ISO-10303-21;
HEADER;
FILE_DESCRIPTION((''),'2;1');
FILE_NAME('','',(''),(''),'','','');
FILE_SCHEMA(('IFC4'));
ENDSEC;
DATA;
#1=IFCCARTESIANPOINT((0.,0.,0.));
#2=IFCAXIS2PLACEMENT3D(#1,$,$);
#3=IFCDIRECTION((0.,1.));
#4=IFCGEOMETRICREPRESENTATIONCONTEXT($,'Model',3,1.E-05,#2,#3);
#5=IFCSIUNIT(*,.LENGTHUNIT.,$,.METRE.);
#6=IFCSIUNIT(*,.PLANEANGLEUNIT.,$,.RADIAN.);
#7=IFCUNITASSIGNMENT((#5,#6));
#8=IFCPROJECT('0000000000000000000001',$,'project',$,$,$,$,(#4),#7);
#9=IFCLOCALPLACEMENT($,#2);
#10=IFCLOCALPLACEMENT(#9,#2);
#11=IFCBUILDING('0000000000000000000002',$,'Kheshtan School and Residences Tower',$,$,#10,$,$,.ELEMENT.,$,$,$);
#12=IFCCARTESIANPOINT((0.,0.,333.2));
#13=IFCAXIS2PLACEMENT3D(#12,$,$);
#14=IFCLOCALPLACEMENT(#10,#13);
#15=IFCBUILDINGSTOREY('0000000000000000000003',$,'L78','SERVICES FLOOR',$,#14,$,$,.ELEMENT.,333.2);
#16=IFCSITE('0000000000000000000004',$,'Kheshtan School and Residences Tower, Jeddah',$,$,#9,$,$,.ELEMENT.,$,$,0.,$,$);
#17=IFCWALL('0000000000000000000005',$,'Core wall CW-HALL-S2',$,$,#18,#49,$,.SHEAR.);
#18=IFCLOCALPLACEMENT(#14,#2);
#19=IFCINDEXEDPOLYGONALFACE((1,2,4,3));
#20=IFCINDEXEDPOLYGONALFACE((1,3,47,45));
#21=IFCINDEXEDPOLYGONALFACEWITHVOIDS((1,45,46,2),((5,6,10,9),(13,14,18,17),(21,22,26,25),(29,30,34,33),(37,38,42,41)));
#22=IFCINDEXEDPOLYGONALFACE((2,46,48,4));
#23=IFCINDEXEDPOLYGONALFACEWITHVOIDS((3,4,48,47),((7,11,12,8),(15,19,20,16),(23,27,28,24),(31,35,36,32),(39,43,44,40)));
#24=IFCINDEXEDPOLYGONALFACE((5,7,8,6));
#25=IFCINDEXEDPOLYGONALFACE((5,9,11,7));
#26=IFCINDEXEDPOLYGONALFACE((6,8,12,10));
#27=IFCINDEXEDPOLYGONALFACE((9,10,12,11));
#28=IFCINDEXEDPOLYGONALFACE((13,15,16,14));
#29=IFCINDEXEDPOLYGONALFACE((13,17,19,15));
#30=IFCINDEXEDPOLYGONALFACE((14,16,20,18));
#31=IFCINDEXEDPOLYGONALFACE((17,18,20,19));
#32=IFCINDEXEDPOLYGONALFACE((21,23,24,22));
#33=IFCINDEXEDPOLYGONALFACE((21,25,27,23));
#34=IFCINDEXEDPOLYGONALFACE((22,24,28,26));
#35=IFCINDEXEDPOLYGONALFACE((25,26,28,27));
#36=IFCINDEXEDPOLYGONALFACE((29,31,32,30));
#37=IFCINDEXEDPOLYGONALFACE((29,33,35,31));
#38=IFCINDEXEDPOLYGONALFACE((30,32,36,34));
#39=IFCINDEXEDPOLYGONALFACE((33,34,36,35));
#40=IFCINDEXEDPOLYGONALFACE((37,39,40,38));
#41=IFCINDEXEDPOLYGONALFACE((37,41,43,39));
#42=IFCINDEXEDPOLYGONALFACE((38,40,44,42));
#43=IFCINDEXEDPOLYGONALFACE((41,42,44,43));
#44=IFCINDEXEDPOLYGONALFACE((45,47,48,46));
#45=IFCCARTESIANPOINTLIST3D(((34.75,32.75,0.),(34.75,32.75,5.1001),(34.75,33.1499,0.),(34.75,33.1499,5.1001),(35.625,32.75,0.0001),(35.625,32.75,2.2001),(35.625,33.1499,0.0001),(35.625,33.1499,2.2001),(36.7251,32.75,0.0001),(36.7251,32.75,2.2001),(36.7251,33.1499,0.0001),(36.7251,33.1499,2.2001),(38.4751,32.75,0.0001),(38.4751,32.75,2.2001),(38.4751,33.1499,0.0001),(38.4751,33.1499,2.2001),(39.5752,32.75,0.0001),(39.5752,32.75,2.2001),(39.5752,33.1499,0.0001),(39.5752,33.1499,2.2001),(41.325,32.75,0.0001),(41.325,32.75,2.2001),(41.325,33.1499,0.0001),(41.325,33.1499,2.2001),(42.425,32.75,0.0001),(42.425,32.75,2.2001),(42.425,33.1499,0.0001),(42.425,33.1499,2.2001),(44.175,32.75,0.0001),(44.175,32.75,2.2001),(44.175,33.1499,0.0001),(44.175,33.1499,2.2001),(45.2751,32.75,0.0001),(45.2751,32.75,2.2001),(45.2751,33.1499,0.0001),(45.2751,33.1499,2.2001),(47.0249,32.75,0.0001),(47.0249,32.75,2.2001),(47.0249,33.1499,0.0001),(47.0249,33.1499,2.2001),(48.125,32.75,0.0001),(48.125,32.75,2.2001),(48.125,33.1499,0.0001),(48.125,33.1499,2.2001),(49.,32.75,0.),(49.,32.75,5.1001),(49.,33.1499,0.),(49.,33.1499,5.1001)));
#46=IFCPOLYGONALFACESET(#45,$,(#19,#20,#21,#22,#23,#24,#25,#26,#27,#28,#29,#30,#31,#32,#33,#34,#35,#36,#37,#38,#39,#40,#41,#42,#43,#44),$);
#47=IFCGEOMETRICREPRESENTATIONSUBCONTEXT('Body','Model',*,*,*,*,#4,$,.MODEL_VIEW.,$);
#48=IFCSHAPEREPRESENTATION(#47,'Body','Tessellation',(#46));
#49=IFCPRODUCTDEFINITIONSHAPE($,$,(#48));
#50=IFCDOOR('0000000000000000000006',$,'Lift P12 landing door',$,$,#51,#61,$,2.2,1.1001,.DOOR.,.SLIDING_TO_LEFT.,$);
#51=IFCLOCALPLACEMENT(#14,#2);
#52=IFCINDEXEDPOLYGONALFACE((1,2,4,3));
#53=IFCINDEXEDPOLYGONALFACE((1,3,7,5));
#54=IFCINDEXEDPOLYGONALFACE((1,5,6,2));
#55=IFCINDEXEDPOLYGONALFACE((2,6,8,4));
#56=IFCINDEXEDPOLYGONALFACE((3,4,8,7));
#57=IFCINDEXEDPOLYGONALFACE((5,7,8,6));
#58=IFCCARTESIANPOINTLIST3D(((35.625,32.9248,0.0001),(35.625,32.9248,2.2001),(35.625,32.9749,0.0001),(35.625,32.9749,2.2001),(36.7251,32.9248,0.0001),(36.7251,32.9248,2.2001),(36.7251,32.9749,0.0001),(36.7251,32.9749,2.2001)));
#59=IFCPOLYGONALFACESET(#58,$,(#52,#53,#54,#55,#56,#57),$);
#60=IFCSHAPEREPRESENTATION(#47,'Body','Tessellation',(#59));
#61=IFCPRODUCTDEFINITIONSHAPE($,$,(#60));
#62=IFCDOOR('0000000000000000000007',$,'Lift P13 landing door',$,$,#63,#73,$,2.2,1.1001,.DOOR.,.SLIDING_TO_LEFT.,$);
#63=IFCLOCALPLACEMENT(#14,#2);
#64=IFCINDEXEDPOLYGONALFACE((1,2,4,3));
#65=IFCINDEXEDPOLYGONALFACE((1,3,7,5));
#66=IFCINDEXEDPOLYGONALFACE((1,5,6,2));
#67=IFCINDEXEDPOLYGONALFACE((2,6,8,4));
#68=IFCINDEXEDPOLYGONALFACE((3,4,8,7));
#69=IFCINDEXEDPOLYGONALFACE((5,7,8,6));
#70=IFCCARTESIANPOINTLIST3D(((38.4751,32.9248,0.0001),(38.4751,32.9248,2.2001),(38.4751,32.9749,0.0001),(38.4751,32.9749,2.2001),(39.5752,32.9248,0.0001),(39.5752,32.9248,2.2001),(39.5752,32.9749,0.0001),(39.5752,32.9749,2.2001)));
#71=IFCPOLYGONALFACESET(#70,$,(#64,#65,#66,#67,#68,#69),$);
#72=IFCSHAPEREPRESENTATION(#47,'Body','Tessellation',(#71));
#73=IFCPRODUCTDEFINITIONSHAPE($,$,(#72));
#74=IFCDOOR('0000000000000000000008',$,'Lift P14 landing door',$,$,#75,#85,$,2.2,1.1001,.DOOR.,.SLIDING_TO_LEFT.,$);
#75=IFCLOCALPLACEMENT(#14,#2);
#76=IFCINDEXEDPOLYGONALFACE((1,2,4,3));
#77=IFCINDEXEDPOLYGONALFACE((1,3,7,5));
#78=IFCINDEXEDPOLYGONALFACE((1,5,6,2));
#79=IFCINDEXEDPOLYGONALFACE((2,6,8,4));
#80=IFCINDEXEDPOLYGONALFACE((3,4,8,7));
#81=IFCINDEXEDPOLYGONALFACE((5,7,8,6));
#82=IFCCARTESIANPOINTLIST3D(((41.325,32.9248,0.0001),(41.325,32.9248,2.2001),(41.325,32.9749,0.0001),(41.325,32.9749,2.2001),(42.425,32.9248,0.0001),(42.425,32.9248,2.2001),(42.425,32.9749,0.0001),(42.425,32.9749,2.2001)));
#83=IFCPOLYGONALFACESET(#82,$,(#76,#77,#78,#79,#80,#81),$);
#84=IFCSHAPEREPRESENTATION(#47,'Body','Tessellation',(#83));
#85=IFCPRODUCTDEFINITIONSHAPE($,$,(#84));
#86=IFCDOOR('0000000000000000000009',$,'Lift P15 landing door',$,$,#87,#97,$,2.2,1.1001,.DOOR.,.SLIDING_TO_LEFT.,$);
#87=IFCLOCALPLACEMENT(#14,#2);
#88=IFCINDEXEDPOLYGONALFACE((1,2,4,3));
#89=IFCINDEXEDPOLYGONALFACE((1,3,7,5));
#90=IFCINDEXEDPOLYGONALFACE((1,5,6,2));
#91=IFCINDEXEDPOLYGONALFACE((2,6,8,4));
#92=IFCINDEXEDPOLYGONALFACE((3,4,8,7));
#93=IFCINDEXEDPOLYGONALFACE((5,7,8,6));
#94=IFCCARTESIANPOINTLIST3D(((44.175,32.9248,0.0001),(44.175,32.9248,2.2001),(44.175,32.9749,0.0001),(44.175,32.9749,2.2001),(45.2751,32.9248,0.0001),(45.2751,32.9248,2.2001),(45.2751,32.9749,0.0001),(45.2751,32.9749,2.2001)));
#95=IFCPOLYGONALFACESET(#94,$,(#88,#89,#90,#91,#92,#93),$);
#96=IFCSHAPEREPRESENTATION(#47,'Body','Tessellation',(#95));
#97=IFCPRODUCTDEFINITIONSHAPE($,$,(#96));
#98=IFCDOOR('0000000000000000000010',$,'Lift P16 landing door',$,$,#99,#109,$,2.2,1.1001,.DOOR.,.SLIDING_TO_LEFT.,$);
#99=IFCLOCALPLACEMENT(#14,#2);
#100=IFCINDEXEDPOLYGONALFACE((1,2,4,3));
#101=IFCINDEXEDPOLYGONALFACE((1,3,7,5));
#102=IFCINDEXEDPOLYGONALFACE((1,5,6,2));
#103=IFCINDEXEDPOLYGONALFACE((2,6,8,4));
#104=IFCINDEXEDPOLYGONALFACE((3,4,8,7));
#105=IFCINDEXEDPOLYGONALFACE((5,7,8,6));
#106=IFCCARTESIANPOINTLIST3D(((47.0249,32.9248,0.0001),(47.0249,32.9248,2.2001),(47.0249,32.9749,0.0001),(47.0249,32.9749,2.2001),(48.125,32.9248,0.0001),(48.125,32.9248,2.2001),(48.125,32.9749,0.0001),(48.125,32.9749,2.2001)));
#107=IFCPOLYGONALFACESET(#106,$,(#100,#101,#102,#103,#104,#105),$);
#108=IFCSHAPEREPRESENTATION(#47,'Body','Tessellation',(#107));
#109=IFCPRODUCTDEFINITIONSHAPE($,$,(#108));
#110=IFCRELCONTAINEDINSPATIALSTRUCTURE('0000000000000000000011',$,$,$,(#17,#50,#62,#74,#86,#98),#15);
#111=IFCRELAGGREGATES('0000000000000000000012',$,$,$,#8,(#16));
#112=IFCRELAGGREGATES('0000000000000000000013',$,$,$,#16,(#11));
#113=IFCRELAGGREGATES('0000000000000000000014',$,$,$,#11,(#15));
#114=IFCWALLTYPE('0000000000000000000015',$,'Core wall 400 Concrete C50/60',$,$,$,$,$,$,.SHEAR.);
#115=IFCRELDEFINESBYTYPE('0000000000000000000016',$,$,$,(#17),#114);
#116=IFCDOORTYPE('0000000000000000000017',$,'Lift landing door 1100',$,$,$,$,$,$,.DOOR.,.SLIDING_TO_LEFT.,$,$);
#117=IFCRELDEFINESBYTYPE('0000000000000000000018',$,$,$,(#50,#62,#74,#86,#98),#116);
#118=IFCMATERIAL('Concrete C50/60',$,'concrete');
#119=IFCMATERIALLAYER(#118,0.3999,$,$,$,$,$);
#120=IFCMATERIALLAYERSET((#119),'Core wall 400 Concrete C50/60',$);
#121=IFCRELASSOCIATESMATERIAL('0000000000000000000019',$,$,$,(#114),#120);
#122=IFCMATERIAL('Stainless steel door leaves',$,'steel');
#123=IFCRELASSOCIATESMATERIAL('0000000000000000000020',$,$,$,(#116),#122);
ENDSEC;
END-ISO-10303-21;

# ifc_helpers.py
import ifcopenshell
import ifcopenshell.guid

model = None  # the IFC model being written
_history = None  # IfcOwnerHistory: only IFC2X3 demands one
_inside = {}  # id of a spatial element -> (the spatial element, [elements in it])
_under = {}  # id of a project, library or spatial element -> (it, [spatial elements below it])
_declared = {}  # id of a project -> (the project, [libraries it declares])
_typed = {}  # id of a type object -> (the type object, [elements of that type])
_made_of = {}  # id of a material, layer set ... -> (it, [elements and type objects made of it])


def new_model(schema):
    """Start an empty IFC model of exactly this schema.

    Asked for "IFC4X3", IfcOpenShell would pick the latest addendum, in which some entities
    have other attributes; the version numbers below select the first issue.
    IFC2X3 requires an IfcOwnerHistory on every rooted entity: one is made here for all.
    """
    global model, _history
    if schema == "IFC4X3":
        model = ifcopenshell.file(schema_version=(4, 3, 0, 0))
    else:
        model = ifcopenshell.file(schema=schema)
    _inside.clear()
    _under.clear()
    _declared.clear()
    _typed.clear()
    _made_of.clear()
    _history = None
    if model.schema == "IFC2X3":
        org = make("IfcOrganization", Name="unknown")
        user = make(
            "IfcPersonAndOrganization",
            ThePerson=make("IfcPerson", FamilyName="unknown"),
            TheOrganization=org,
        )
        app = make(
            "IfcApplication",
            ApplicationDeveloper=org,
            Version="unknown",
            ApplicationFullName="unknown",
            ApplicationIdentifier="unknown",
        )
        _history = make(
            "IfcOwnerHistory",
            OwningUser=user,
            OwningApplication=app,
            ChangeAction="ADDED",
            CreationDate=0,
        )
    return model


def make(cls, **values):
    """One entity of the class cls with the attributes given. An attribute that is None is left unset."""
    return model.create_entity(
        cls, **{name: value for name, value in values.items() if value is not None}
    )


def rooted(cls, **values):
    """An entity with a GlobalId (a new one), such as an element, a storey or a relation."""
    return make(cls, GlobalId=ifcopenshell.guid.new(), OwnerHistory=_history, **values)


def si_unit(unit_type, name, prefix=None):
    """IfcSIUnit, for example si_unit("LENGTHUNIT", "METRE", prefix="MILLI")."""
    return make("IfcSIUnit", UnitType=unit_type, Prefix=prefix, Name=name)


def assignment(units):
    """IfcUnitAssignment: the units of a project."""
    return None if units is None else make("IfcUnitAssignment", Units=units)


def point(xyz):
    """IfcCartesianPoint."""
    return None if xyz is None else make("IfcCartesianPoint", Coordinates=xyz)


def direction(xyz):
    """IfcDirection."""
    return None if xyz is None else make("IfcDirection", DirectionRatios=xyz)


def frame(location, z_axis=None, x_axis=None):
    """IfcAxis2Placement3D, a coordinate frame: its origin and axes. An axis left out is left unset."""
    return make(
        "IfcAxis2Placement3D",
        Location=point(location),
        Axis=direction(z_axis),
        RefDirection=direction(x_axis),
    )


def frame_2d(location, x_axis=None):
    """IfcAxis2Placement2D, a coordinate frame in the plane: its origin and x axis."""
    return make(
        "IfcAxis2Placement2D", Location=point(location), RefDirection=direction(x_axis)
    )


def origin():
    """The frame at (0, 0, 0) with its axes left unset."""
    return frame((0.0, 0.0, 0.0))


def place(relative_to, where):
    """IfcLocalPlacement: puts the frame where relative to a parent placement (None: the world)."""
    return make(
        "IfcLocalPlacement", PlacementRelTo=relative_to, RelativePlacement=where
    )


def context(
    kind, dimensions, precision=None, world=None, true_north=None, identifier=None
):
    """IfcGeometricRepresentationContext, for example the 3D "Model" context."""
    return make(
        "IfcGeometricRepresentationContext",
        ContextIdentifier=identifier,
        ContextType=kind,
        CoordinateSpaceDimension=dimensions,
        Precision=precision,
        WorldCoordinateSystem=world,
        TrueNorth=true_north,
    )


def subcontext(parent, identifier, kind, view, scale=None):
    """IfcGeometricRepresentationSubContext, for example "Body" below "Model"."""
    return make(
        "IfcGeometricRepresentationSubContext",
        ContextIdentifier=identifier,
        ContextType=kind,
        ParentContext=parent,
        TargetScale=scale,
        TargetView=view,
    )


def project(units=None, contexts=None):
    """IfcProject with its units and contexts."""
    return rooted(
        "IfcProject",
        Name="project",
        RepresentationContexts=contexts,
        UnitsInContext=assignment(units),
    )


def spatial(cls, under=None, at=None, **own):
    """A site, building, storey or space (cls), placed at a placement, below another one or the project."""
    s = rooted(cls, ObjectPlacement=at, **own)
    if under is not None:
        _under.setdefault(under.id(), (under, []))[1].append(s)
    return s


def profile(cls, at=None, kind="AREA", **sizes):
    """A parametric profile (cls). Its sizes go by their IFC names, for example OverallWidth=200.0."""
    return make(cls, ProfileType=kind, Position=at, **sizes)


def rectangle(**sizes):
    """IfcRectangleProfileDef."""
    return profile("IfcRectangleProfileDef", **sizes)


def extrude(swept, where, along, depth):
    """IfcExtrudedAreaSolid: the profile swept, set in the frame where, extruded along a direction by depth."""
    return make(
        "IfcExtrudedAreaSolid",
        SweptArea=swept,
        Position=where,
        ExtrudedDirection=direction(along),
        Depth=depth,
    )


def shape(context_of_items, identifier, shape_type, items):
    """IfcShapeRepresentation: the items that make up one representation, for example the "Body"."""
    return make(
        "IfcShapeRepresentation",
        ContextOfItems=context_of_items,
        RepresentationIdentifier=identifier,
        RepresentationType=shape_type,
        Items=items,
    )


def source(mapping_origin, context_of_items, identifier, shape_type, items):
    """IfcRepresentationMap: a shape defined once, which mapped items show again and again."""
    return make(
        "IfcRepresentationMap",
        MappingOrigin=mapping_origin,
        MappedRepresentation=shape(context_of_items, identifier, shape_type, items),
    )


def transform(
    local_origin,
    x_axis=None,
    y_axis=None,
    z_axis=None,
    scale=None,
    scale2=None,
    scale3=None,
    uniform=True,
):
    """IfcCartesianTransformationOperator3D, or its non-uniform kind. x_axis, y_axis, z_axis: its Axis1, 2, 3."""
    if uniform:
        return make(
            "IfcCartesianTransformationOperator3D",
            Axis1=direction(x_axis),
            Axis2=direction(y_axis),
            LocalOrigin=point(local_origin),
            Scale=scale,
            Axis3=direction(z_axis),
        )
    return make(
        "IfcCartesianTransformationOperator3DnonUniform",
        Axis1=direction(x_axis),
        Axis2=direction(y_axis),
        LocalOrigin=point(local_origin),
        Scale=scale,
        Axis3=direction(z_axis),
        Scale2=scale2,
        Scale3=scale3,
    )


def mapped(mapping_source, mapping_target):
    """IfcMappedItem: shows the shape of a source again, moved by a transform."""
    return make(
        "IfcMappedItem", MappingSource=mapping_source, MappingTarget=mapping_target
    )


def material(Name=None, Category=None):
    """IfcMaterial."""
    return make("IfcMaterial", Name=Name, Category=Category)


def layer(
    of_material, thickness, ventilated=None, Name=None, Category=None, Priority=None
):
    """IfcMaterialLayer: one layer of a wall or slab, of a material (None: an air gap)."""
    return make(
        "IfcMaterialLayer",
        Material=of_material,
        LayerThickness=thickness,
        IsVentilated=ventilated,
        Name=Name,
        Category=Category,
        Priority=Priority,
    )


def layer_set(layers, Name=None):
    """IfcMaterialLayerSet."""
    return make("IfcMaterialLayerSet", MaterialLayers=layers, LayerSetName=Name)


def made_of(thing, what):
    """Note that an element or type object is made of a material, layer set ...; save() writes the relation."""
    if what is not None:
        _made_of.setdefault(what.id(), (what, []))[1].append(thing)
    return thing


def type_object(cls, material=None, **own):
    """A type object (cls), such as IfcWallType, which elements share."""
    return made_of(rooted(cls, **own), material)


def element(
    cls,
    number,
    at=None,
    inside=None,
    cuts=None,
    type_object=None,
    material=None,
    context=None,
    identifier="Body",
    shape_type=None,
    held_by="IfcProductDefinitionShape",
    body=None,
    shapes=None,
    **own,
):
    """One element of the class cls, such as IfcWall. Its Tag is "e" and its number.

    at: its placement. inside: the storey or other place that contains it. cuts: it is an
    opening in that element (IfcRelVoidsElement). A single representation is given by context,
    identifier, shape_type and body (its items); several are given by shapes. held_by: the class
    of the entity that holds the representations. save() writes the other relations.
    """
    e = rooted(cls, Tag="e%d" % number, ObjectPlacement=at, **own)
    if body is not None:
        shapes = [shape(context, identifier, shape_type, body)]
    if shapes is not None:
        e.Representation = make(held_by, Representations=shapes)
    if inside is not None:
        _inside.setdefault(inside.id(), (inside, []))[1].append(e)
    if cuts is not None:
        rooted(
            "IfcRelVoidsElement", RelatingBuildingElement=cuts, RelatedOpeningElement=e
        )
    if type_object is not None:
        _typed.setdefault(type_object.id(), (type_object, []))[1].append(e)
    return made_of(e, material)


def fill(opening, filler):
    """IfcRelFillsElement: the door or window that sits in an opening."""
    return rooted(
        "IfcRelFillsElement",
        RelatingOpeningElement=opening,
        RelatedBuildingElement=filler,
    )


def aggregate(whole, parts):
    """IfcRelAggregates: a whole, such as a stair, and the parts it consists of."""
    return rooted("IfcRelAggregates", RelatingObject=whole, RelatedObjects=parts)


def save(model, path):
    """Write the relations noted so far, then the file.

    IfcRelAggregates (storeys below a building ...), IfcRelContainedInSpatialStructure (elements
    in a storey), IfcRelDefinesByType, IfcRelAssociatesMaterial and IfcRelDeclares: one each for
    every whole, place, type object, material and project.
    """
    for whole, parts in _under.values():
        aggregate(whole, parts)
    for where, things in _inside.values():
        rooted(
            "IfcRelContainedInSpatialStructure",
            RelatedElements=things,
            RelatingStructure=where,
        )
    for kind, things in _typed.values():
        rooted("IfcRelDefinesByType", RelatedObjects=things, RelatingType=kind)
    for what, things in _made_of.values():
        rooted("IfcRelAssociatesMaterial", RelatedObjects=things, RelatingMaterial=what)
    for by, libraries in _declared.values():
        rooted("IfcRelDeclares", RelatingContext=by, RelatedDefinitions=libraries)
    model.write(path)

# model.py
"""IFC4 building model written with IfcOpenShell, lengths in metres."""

from ifc_helpers import new_model, si_unit, direction, frame, frame_2d, origin, place, context, subcontext, project, spatial, rectangle, extrude, source, transform, mapped, material, layer, layer_set, type_object, element, fill, save


model = new_model("IFC4")

# Units and contexts
model_context = context("Model", 3, precision=1e-05, world=origin(), true_north=direction((0.0, 1.0)))
body_context = subcontext(model_context, "Body", "Model", "MODEL_VIEW")
ifc_project = project(units=[si_unit("LENGTHUNIT", "METRE"), si_unit("PLANEANGLEUNIT", "RADIAN")], contexts=[model_context])

# Site, building, storey
site_placement = place(None, origin())
site = spatial("IfcSite", under=ifc_project, at=site_placement, Name="Kheshtan School and Residences Tower, Jeddah", CompositionType="ELEMENT", RefElevation=0.0)
building_placement = place(site_placement, origin())
building = spatial("IfcBuilding", under=site, at=building_placement, Name="Kheshtan School and Residences Tower", CompositionType="ELEMENT")
storey_placement = place(building_placement, frame((0.0, 0.0, 333.2)))
storey = spatial("IfcBuildingStorey", under=building, at=storey_placement, Name="L78", Description="SERVICES FLOOR", CompositionType="ELEMENT", Elevation=333.2)

# Wall, openings, doors
ifc_material_1 = material(Name="Concrete C50/60", Category="concrete")
ifc_layer_1 = layer(ifc_material_1, 0.3999)
ifc_layer_set_1 = layer_set([ifc_layer_1], Name="Core wall 400 Concrete C50/60")
wall_type_1 = type_object("IfcWallType", Name="Core wall 400 Concrete C50/60", PredefinedType="SHEAR", material=ifc_layer_set_1)
wall_1_placement = place(storey_placement, frame((34.75, 32.95, 0.0), z_axis=(0.0, 0.0, 1.0), x_axis=(1.0, 0.0, 0.0)))
wall_1 = element("IfcWall", 1, at=wall_1_placement, inside=storey, type_object=wall_type_1, Name="Core wall CW-HALL-S2", PredefinedType="SHEAR", context=body_context, shape_type="SweptSolid", body=[
    extrude(rectangle(XDim=14.25, YDim=0.3999, at=frame_2d((7.125, 0.0))), origin(), (0.0, 0.0, 1.0), 5.1001),
])
opening_1_placement = place(wall_1_placement, frame((0.875, 0.0, 0.0)))
opening_1 = element("IfcOpeningElement", 2, at=opening_1_placement, cuts=wall_1, PredefinedType="OPENING", context=body_context, shape_type="SweptSolid", body=[
    extrude(rectangle(XDim=1.1001, YDim=2.2, at=frame_2d((0.55, 1.1001))), frame((0.0, 0.21, 0.0), z_axis=(0.0, -1.0, 0.0), x_axis=(1.0, 0.0, 0.0)), (0.0, 0.0, 1.0), 0.4199),
])
opening_2_placement = place(wall_1_placement, frame((3.7251, 0.0, 0.0)))
opening_2 = element("IfcOpeningElement", 3, at=opening_2_placement, cuts=wall_1, PredefinedType="OPENING", context=body_context, shape_type="SweptSolid", body=[
    extrude(rectangle(XDim=1.1001, YDim=2.2, at=frame_2d((0.55, 1.1001))), frame((0.0, 0.21, 0.0), z_axis=(0.0, -1.0, 0.0), x_axis=(1.0, 0.0, 0.0)), (0.0, 0.0, 1.0), 0.4199),
])
opening_3_placement = place(wall_1_placement, frame((6.575, 0.0, 0.0)))
opening_3 = element("IfcOpeningElement", 4, at=opening_3_placement, cuts=wall_1, PredefinedType="OPENING", context=body_context, shape_type="SweptSolid", body=[
    extrude(rectangle(XDim=1.1001, YDim=2.2, at=frame_2d((0.55, 1.1001))), frame((0.0, 0.21, 0.0), z_axis=(0.0, -1.0, 0.0), x_axis=(1.0, 0.0, 0.0)), (0.0, 0.0, 1.0), 0.4199),
])
opening_4_placement = place(wall_1_placement, frame((9.425, 0.0, 0.0)))
opening_4 = element("IfcOpeningElement", 5, at=opening_4_placement, cuts=wall_1, PredefinedType="OPENING", context=body_context, shape_type="SweptSolid", body=[
    extrude(rectangle(XDim=1.1001, YDim=2.2, at=frame_2d((0.55, 1.1001))), frame((0.0, 0.21, 0.0), z_axis=(0.0, -1.0, 0.0), x_axis=(1.0, 0.0, 0.0)), (0.0, 0.0, 1.0), 0.4199),
])
opening_5_placement = place(wall_1_placement, frame((12.2749, 0.0, 0.0)))
opening_5 = element("IfcOpeningElement", 6, at=opening_5_placement, cuts=wall_1, PredefinedType="OPENING", context=body_context, shape_type="SweptSolid", body=[
    extrude(rectangle(XDim=1.1001, YDim=2.2, at=frame_2d((0.55, 1.1001))), frame((0.0, 0.21, 0.0), z_axis=(0.0, -1.0, 0.0), x_axis=(1.0, 0.0, 0.0)), (0.0, 0.0, 1.0), 0.4199),
])
ifc_material_2 = material(Name="Stainless steel door leaves", Category="steel")
door_type_1 = type_object("IfcDoorType", Name="Lift landing door 1100", OperationType="SLIDING_TO_LEFT", PredefinedType="DOOR", material=ifc_material_2)
shared_shape_1 = source(origin(), body_context, "Body", "SweptSolid", [
    extrude(rectangle(XDim=1.1001, YDim=2.2, at=frame_2d((0.55, 1.1001))), frame((0.0, 0.0249, 0.0), z_axis=(0.0, -1.0, 0.0), x_axis=(1.0, 0.0, 0.0)), (0.0, 0.0, 1.0), 0.05),
])
door_1_placement = place(opening_1_placement, origin())
door_1 = element("IfcDoor", 7, at=door_1_placement, inside=storey, type_object=door_type_1, Name="Lift P12 landing door", OperationType="SLIDING_TO_LEFT", OverallHeight=2.2, OverallWidth=1.1001, PredefinedType="DOOR", context=body_context, shape_type="MappedRepresentation", body=[
    mapped(shared_shape_1, transform((0.0, 0.0, 0.0), x_axis=(1.0, 0.0, 0.0), y_axis=(0.0, 1.0, 0.0), z_axis=(0.0, 0.0, 1.0), scale=1.0)),
])
fill(opening_1, door_1)
door_2_placement = place(opening_2_placement, origin())
door_2 = element("IfcDoor", 8, at=door_2_placement, inside=storey, type_object=door_type_1, Name="Lift P13 landing door", OperationType="SLIDING_TO_LEFT", OverallHeight=2.2, OverallWidth=1.1001, PredefinedType="DOOR", context=body_context, shape_type="MappedRepresentation", body=[
    mapped(shared_shape_1, transform((0.0, 0.0, 0.0), x_axis=(1.0, 0.0, 0.0), y_axis=(0.0, 1.0, 0.0), z_axis=(0.0, 0.0, 1.0), scale=1.0)),
])
fill(opening_2, door_2)
door_3_placement = place(opening_3_placement, origin())
door_3 = element("IfcDoor", 9, at=door_3_placement, inside=storey, type_object=door_type_1, Name="Lift P14 landing door", OperationType="SLIDING_TO_LEFT", OverallHeight=2.2, OverallWidth=1.1001, PredefinedType="DOOR", context=body_context, shape_type="MappedRepresentation", body=[
    mapped(shared_shape_1, transform((0.0, 0.0, 0.0), x_axis=(1.0, 0.0, 0.0), y_axis=(0.0, 1.0, 0.0), z_axis=(0.0, 0.0, 1.0), scale=1.0)),
])
fill(opening_3, door_3)
door_4_placement = place(opening_4_placement, origin())
door_4 = element("IfcDoor", 10, at=door_4_placement, inside=storey, type_object=door_type_1, Name="Lift P15 landing door", OperationType="SLIDING_TO_LEFT", OverallHeight=2.2, OverallWidth=1.1001, PredefinedType="DOOR", context=body_context, shape_type="MappedRepresentation", body=[
    mapped(shared_shape_1, transform((0.0, 0.0, 0.0), x_axis=(1.0, 0.0, 0.0), y_axis=(0.0, 1.0, 0.0), z_axis=(0.0, 0.0, 1.0), scale=1.0)),
])
fill(opening_4, door_4)
door_5_placement = place(opening_5_placement, origin())
door_5 = element("IfcDoor", 11, at=door_5_placement, inside=storey, type_object=door_type_1, Name="Lift P16 landing door", OperationType="SLIDING_TO_LEFT", OverallHeight=2.2, OverallWidth=1.1001, PredefinedType="DOOR", context=body_context, shape_type="MappedRepresentation", body=[
    mapped(shared_shape_1, transform((0.0, 0.0, 0.0), x_axis=(1.0, 0.0, 0.0), y_axis=(0.0, 1.0, 0.0), z_axis=(0.0, 0.0, 1.0), scale=1.0)),
])
fill(opening_5, door_5)

save(model, "model.ifc")
